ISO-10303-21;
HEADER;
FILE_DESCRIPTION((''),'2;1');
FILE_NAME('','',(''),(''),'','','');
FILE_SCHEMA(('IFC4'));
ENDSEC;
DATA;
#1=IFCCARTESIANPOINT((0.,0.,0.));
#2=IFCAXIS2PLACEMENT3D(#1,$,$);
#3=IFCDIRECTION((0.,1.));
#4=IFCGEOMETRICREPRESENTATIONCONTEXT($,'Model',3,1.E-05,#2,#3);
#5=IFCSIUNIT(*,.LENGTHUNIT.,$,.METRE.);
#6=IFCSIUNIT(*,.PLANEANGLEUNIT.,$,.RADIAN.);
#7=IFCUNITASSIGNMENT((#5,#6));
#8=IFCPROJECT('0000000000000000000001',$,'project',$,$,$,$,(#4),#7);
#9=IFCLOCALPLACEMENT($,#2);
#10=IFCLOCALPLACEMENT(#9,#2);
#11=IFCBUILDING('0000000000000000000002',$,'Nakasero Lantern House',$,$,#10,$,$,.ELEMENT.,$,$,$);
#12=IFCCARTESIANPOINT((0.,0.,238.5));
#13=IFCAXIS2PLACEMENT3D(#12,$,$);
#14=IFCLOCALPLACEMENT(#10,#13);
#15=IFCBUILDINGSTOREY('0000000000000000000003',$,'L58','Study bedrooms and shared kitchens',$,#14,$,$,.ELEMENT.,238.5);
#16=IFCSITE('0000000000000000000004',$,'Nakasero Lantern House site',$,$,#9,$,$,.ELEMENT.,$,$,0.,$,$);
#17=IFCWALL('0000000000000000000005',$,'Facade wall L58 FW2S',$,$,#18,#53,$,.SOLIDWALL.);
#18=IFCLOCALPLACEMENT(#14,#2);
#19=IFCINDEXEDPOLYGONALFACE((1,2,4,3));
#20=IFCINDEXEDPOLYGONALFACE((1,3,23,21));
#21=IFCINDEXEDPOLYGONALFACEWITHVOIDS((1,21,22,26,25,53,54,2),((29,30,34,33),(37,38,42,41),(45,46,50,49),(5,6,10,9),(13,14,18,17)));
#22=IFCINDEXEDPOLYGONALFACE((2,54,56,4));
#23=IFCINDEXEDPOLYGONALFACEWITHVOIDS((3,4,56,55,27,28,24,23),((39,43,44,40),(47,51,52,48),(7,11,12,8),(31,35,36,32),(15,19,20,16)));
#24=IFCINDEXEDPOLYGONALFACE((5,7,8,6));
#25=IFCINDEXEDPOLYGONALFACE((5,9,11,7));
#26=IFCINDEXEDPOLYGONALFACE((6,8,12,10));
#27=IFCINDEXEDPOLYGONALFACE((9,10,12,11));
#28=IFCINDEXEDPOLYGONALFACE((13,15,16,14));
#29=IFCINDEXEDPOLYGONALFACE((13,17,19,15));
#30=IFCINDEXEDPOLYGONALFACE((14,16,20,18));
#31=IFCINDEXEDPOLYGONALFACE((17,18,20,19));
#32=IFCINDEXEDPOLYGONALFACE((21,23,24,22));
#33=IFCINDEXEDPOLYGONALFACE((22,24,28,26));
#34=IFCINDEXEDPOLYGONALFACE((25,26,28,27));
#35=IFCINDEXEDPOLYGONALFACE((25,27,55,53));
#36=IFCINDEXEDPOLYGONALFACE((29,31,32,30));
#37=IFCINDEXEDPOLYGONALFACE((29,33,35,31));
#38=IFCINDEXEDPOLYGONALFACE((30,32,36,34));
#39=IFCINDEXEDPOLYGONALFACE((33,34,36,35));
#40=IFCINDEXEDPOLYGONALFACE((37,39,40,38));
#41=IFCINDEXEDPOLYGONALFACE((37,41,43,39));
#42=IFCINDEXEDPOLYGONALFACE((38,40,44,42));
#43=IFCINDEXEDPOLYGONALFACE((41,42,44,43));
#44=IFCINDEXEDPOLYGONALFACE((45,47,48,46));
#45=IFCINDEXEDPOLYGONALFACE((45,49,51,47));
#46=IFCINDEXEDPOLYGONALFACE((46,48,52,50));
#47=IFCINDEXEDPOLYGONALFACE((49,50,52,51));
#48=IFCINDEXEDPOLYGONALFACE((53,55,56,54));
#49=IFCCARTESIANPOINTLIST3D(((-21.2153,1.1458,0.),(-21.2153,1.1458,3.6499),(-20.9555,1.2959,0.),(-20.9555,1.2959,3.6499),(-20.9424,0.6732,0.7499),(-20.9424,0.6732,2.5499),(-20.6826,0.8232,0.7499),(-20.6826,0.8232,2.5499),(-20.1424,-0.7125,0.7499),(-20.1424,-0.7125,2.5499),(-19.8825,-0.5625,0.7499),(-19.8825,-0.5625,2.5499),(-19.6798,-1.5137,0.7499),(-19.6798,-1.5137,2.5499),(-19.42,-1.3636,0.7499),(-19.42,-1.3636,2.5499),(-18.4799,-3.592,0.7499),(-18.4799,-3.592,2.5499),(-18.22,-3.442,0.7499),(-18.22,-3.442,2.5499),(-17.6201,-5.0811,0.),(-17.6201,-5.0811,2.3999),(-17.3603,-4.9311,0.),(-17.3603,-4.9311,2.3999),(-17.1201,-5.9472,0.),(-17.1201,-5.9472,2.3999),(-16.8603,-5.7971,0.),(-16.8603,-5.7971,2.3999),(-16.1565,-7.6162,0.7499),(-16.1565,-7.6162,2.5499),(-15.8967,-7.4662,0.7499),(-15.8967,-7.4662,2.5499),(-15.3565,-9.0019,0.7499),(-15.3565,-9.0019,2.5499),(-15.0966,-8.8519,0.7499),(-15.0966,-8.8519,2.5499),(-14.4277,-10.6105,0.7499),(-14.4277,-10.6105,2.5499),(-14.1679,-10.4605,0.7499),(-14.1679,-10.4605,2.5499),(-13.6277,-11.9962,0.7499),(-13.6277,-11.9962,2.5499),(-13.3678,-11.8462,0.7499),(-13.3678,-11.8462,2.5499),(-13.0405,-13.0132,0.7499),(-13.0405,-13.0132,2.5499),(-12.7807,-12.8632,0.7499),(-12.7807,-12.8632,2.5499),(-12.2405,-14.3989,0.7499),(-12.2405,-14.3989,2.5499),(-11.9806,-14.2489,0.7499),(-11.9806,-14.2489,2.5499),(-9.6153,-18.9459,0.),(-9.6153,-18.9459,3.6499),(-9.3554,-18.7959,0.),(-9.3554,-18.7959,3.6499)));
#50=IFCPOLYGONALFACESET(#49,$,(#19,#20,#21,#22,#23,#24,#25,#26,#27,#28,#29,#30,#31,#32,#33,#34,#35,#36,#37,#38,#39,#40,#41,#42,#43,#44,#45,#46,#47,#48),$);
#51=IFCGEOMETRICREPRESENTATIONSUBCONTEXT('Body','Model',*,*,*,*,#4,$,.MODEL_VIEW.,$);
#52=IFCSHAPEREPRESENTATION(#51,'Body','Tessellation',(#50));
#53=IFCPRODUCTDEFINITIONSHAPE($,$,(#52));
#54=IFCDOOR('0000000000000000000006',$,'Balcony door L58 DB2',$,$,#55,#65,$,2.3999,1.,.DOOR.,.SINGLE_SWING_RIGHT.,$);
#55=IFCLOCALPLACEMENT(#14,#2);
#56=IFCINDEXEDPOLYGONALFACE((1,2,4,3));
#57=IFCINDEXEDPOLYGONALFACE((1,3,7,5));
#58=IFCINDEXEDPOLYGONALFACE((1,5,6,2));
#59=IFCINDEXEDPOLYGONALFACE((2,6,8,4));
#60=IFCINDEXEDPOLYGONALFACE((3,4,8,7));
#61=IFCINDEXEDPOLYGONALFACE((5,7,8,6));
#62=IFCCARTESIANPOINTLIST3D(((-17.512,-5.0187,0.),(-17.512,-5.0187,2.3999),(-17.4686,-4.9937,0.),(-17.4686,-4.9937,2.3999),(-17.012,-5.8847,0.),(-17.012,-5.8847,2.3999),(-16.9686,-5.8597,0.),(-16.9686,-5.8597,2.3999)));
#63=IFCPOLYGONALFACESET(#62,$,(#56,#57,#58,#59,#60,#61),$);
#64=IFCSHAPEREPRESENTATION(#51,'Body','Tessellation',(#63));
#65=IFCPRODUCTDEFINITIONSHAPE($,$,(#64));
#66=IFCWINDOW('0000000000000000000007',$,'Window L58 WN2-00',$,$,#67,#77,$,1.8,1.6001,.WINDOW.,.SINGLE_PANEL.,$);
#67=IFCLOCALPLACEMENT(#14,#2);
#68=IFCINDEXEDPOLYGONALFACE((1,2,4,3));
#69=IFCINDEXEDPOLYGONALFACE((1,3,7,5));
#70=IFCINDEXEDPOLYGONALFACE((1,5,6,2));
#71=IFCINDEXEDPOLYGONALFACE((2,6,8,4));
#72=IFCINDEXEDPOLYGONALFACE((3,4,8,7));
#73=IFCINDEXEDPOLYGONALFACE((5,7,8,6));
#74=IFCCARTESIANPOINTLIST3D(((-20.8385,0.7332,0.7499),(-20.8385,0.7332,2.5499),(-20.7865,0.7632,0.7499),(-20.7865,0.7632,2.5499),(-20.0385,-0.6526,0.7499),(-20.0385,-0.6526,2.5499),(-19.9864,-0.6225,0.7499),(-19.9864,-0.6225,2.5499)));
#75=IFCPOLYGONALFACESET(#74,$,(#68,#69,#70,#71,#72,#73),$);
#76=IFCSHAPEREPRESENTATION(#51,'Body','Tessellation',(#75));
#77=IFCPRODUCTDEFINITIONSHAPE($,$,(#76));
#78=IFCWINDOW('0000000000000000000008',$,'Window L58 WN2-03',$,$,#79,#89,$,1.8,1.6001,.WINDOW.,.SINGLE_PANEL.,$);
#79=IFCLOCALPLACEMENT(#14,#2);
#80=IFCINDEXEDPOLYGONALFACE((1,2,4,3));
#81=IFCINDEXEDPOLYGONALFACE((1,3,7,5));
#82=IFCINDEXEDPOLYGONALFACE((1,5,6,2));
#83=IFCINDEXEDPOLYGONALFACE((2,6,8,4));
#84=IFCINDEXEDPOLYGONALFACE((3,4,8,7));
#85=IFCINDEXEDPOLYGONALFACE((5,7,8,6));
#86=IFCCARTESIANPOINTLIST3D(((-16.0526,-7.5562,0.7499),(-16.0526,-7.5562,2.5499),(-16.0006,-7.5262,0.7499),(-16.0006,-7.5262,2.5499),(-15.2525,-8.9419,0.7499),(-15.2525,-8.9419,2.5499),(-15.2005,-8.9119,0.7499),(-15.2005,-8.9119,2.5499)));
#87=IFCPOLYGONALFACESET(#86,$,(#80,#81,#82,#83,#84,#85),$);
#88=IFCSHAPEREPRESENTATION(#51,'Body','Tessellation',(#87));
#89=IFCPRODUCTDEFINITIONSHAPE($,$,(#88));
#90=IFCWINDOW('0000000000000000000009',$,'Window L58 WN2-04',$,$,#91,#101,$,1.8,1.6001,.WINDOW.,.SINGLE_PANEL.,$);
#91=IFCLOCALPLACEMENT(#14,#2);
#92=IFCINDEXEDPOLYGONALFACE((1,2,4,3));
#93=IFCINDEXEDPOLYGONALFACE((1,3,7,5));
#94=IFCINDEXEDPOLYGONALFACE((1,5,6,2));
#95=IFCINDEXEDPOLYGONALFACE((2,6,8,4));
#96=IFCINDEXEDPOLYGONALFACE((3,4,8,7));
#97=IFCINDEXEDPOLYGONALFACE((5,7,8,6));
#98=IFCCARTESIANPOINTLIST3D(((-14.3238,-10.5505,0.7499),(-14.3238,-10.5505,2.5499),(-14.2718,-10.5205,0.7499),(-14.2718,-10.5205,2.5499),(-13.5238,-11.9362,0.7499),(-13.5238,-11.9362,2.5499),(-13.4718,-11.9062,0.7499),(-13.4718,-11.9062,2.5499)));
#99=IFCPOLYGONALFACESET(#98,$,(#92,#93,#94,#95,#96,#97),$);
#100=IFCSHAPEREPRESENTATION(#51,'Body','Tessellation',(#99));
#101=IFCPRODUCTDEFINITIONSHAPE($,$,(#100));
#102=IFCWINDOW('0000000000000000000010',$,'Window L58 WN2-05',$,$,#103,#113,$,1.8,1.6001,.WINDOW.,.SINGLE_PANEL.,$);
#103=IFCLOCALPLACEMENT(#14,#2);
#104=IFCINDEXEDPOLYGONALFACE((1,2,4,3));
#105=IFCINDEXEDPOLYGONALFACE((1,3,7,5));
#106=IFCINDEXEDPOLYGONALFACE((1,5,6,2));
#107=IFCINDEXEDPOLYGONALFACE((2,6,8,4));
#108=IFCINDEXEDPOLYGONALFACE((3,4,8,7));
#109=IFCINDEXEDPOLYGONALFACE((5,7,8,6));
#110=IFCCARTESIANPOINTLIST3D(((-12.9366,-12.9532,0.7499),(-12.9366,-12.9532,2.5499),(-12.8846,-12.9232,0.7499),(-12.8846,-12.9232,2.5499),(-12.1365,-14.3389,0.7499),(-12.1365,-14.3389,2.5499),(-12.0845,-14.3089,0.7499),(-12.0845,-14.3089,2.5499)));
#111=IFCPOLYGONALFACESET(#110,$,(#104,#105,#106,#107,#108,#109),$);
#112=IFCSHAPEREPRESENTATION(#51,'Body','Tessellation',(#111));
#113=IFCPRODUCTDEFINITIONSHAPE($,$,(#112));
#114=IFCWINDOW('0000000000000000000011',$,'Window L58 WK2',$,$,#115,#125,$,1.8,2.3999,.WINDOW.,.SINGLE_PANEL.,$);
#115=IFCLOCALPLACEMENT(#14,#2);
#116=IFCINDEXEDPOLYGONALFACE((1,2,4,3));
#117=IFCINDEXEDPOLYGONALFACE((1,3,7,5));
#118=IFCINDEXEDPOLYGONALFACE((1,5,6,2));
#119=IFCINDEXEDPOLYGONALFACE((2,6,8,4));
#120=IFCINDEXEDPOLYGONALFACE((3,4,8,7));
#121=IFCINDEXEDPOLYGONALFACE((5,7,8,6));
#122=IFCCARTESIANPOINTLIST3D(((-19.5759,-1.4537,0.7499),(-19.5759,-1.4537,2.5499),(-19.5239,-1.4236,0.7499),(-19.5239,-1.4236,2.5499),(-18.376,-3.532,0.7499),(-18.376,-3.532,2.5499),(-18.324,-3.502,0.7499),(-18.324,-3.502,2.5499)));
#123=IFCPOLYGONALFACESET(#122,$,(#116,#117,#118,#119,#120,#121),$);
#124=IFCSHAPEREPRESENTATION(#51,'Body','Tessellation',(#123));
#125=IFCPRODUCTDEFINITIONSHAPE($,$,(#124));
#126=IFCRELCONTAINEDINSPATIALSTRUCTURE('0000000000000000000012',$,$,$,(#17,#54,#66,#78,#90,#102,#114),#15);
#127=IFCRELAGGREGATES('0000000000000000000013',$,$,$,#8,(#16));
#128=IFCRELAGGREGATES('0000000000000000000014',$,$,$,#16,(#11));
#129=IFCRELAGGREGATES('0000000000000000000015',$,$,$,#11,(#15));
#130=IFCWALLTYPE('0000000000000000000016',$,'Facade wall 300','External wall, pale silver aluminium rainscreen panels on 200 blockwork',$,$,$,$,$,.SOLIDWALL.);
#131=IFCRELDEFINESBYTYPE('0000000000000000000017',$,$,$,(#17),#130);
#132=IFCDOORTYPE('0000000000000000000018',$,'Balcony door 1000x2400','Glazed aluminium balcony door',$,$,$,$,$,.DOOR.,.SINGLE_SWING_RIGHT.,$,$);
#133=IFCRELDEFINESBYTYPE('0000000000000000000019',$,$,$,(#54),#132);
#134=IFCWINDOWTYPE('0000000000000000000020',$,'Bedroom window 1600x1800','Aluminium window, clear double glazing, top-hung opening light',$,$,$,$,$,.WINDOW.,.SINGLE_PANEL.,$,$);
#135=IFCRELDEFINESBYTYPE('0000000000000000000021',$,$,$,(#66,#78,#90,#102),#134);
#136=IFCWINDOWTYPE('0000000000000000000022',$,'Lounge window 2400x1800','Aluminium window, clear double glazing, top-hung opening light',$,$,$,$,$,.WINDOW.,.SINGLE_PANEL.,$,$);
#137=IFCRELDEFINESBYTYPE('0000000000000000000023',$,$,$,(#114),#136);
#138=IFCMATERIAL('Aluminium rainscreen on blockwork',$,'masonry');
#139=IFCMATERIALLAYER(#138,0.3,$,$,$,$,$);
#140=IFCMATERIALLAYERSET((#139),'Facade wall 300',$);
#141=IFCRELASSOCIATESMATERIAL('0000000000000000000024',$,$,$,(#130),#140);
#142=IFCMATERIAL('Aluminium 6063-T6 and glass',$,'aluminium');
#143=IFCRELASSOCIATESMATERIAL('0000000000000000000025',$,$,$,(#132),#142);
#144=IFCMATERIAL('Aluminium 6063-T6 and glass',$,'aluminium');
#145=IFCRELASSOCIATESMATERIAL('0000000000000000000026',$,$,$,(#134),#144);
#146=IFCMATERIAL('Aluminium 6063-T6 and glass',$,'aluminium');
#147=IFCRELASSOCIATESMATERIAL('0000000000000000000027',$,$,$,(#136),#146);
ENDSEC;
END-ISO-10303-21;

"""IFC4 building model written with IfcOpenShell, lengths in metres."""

from ifc_helpers import new_model, si_unit, direction, frame, frame_2d, origin, place, context, subcontext, project, spatial, rectangle, extrude, material, layer, layer_set, type_object, element, fill, save


model = new_model("IFC4")

# Units and contexts
model_context = context("Model", 3, precision=1e-05, world=origin(), true_north=direction((0.0, 1.0)))
body_context = subcontext(model_context, "Body", "Model", "MODEL_VIEW")
ifc_project = project(units=[si_unit("LENGTHUNIT", "METRE"), si_unit("PLANEANGLEUNIT", "RADIAN")], contexts=[model_context])

# Site, building, storey
site_placement = place(None, origin())
site = spatial("IfcSite", under=ifc_project, at=site_placement, Name="Nakasero Lantern House site", CompositionType="ELEMENT", RefElevation=0.0)
building_placement = place(site_placement, origin())
building = spatial("IfcBuilding", under=site, at=building_placement, Name="Nakasero Lantern House", CompositionType="ELEMENT")
storey_placement = place(building_placement, frame((0.0, 0.0, 238.5)))
storey = spatial("IfcBuildingStorey", under=building, at=storey_placement, Name="L58", Description="Study bedrooms and shared kitchens", CompositionType="ELEMENT", Elevation=238.5)

# Shared definitions
ifc_material_1 = material(Name="Aluminium rainscreen on blockwork", Category="masonry")
ifc_layer_1 = layer(ifc_material_1, 0.3)
ifc_layer_set_1 = layer_set([ifc_layer_1], Name="Facade wall 300")
wall_type_1 = type_object("IfcWallType", Name="Facade wall 300", Description="External wall, pale silver aluminium rainscreen panels on 200 blockwork", PredefinedType="SOLIDWALL", material=ifc_layer_set_1)

# Wall, openings, door, windows
wall_1_placement = place(storey_placement, frame((-21.0854, 1.2209, 0.0), z_axis=(0.0, 0.0, 1.0), x_axis=(0.500003, -0.866024, 0.0)))
wall_1 = element("IfcWall", 1, at=wall_1_placement, inside=storey, type_object=wall_type_1, Name="Facade wall L58 FW2S", PredefinedType="SOLIDWALL", context=body_context, shape_type="SweptSolid", body=[
    extrude(rectangle(XDim=23.2, YDim=0.3, at=frame_2d((11.6001, 0.0))), origin(), (0.0, 0.0, 1.0), 3.6499),
])
opening_1_placement = place(wall_1_placement, frame((0.5459, 0.0, 0.75)))
opening_1 = element("IfcOpeningElement", 2, at=opening_1_placement, cuts=wall_1, PredefinedType="OPENING", context=body_context, shape_type="SweptSolid", body=[
    extrude(rectangle(XDim=1.6001, YDim=1.8, at=frame_2d((0.8, 0.8999))), frame((0.0, 0.1699, 0.0), z_axis=(0.0, -1.0, 0.0), x_axis=(1.0, 0.0, 0.0)), (0.0, 0.0, 1.0), 0.3401),
])
opening_2_placement = place(wall_1_placement, frame((10.1177, 0.0, 0.75)))
opening_2 = element("IfcOpeningElement", 3, at=opening_2_placement, cuts=wall_1, PredefinedType="OPENING", context=body_context, shape_type="SweptSolid", body=[
    extrude(rectangle(XDim=1.6001, YDim=1.8, at=frame_2d((0.8, 0.8999))), frame((0.0, 0.1699, 0.0), z_axis=(0.0, -1.0, 0.0), x_axis=(1.0, 0.0, 0.0)), (0.0, 0.0, 1.0), 0.3401),
])
opening_3_placement = place(wall_1_placement, frame((13.5752, 0.0, 0.75)))
opening_3 = element("IfcOpeningElement", 4, at=opening_3_placement, cuts=wall_1, PredefinedType="OPENING", context=body_context, shape_type="SweptSolid", body=[
    extrude(rectangle(XDim=1.6001, YDim=1.8, at=frame_2d((0.8, 0.8999))), frame((0.0, 0.1699, 0.0), z_axis=(0.0, -1.0, 0.0), x_axis=(1.0, 0.0, 0.0)), (0.0, 0.0, 1.0), 0.3401),
])
opening_4_placement = place(wall_1_placement, frame((16.3496, 0.0, 0.75)))
opening_4 = element("IfcOpeningElement", 5, at=opening_4_placement, cuts=wall_1, PredefinedType="OPENING", context=body_context, shape_type="SweptSolid", body=[
    extrude(rectangle(XDim=1.6001, YDim=1.8, at=frame_2d((0.8, 0.8999))), frame((0.0, 0.1699, 0.0), z_axis=(0.0, -1.0, 0.0), x_axis=(1.0, 0.0, 0.0)), (0.0, 0.0, 1.0), 0.3401),
])
opening_5_placement = place(wall_1_placement, frame((3.071, 0.0, 0.75)))
opening_5 = element("IfcOpeningElement", 6, at=opening_5_placement, cuts=wall_1, PredefinedType="OPENING", context=body_context, shape_type="SweptSolid", body=[
    extrude(rectangle(XDim=2.3999, YDim=1.8, at=frame_2d((1.2, 0.8999))), frame((0.0, 0.1699, 0.0), z_axis=(0.0, -1.0, 0.0), x_axis=(1.0, 0.0, 0.0)), (0.0, 0.0, 1.0), 0.3401),
])
opening_6_placement = place(wall_1_placement, frame((7.1904, 0.0, 0.0)))
opening_6 = element("IfcOpeningElement", 7, at=opening_6_placement, cuts=wall_1, PredefinedType="OPENING", context=body_context, shape_type="SweptSolid", body=[
    extrude(rectangle(XDim=1.0, YDim=2.3999, at=frame_2d((0.5, 1.2))), frame((0.0, 0.1699, 0.0), z_axis=(0.0, -1.0, 0.0), x_axis=(1.0, 0.0, 0.0)), (0.0, 0.0, 1.0), 0.3401),
])
ifc_material_2 = material(Name="Aluminium 6063-T6 and glass", Category="aluminium")
door_type_1 = type_object("IfcDoorType", Name="Balcony door 1000x2400", Description="Glazed aluminium balcony door", OperationType="SINGLE_SWING_RIGHT", PredefinedType="DOOR", material=ifc_material_2)
door_1_placement = place(opening_6_placement, origin())
door_1 = element("IfcDoor", 8, at=door_1_placement, inside=storey, type_object=door_type_1, Name="Balcony door L58 DB2", OperationType="SINGLE_SWING_RIGHT", OverallHeight=2.3999, OverallWidth=1.0, PredefinedType="DOOR", context=body_context, shape_type="SweptSolid", body=[
    extrude(rectangle(XDim=1.0, YDim=2.3999, at=frame_2d((0.5, 1.2))), frame((0.0, 0.0249, 0.0), z_axis=(0.0, -1.0, 0.0), x_axis=(1.0, 0.0, 0.0)), (0.0, 0.0, 1.0), 0.05),
])
fill(opening_6, door_1)
ifc_material_3 = material(Name="Aluminium 6063-T6 and glass", Category="aluminium")
window_type_1 = type_object("IfcWindowType", Name="Bedroom window 1600x1800", Description="Aluminium window, clear double glazing, top-hung opening light", PartitioningType="SINGLE_PANEL", PredefinedType="WINDOW", material=ifc_material_3)
window_1_placement = place(opening_1_placement, origin())
window_1 = element("IfcWindow", 9, at=window_1_placement, inside=storey, type_object=window_type_1, Name="Window L58 WN2-00", OverallHeight=1.8, OverallWidth=1.6001, PartitioningType="SINGLE_PANEL", PredefinedType="WINDOW", context=body_context, shape_type="SweptSolid", body=[
    extrude(rectangle(XDim=1.6001, YDim=1.8, at=frame_2d((0.8, 0.8999))), frame((0.0, 0.03, 0.0), z_axis=(0.0, -1.0, 0.0), x_axis=(1.0, 0.0, 0.0)), (0.0, 0.0, 1.0), 0.0601),
])
fill(opening_1, window_1)
window_2_placement = place(opening_2_placement, origin())
window_2 = element("IfcWindow", 10, at=window_2_placement, inside=storey, type_object=window_type_1, Name="Window L58 WN2-03", OverallHeight=1.8, OverallWidth=1.6001, PartitioningType="SINGLE_PANEL", PredefinedType="WINDOW", context=body_context, shape_type="SweptSolid", body=[
    extrude(rectangle(XDim=1.6001, YDim=1.8, at=frame_2d((0.8, 0.8999))), frame((0.0, 0.03, 0.0), z_axis=(0.0, -1.0, 0.0), x_axis=(1.0, 0.0, 0.0)), (0.0, 0.0, 1.0), 0.0601),
])
fill(opening_2, window_2)
window_3_placement = place(opening_3_placement, origin())
window_3 = element("IfcWindow", 11, at=window_3_placement, inside=storey, type_object=window_type_1, Name="Window L58 WN2-04", OverallHeight=1.8, OverallWidth=1.6001, PartitioningType="SINGLE_PANEL", PredefinedType="WINDOW", context=body_context, shape_type="SweptSolid", body=[
    extrude(rectangle(XDim=1.6001, YDim=1.8, at=frame_2d((0.8, 0.8999))), frame((0.0, 0.03, 0.0), z_axis=(0.0, -1.0, 0.0), x_axis=(1.0, 0.0, 0.0)), (0.0, 0.0, 1.0), 0.0601),
])
fill(opening_3, window_3)
window_4_placement = place(opening_4_placement, origin())
window_4 = element("IfcWindow", 12, at=window_4_placement, inside=storey, type_object=window_type_1, Name="Window L58 WN2-05", OverallHeight=1.8, OverallWidth=1.6001, PartitioningType="SINGLE_PANEL", PredefinedType="WINDOW", context=body_context, shape_type="SweptSolid", body=[
    extrude(rectangle(XDim=1.6001, YDim=1.8, at=frame_2d((0.8, 0.8999))), frame((0.0, 0.03, 0.0), z_axis=(0.0, -1.0, 0.0), x_axis=(1.0, 0.0, 0.0)), (0.0, 0.0, 1.0), 0.0601),
])
fill(opening_4, window_4)
ifc_material_4 = material(Name="Aluminium 6063-T6 and glass", Category="aluminium")
window_type_2 = type_object("IfcWindowType", Name="Lounge window 2400x1800", Description="Aluminium window, clear double glazing, top-hung opening light", PartitioningType="SINGLE_PANEL", PredefinedType="WINDOW", material=ifc_material_4)
window_5_placement = place(opening_5_placement, origin())
window_5 = element("IfcWindow", 13, at=window_5_placement, inside=storey, type_object=window_type_2, Name="Window L58 WK2", OverallHeight=1.8, OverallWidth=2.3999, PartitioningType="SINGLE_PANEL", PredefinedType="WINDOW", context=body_context, shape_type="SweptSolid", body=[
    extrude(rectangle(XDim=2.3999, YDim=1.8, at=frame_2d((1.2, 0.8999))), frame((0.0, 0.03, 0.0), z_axis=(0.0, -1.0, 0.0), x_axis=(1.0, 0.0, 0.0)), (0.0, 0.0, 1.0), 0.0601),
])
fill(opening_5, window_5)

save(model, "model.ifc")
